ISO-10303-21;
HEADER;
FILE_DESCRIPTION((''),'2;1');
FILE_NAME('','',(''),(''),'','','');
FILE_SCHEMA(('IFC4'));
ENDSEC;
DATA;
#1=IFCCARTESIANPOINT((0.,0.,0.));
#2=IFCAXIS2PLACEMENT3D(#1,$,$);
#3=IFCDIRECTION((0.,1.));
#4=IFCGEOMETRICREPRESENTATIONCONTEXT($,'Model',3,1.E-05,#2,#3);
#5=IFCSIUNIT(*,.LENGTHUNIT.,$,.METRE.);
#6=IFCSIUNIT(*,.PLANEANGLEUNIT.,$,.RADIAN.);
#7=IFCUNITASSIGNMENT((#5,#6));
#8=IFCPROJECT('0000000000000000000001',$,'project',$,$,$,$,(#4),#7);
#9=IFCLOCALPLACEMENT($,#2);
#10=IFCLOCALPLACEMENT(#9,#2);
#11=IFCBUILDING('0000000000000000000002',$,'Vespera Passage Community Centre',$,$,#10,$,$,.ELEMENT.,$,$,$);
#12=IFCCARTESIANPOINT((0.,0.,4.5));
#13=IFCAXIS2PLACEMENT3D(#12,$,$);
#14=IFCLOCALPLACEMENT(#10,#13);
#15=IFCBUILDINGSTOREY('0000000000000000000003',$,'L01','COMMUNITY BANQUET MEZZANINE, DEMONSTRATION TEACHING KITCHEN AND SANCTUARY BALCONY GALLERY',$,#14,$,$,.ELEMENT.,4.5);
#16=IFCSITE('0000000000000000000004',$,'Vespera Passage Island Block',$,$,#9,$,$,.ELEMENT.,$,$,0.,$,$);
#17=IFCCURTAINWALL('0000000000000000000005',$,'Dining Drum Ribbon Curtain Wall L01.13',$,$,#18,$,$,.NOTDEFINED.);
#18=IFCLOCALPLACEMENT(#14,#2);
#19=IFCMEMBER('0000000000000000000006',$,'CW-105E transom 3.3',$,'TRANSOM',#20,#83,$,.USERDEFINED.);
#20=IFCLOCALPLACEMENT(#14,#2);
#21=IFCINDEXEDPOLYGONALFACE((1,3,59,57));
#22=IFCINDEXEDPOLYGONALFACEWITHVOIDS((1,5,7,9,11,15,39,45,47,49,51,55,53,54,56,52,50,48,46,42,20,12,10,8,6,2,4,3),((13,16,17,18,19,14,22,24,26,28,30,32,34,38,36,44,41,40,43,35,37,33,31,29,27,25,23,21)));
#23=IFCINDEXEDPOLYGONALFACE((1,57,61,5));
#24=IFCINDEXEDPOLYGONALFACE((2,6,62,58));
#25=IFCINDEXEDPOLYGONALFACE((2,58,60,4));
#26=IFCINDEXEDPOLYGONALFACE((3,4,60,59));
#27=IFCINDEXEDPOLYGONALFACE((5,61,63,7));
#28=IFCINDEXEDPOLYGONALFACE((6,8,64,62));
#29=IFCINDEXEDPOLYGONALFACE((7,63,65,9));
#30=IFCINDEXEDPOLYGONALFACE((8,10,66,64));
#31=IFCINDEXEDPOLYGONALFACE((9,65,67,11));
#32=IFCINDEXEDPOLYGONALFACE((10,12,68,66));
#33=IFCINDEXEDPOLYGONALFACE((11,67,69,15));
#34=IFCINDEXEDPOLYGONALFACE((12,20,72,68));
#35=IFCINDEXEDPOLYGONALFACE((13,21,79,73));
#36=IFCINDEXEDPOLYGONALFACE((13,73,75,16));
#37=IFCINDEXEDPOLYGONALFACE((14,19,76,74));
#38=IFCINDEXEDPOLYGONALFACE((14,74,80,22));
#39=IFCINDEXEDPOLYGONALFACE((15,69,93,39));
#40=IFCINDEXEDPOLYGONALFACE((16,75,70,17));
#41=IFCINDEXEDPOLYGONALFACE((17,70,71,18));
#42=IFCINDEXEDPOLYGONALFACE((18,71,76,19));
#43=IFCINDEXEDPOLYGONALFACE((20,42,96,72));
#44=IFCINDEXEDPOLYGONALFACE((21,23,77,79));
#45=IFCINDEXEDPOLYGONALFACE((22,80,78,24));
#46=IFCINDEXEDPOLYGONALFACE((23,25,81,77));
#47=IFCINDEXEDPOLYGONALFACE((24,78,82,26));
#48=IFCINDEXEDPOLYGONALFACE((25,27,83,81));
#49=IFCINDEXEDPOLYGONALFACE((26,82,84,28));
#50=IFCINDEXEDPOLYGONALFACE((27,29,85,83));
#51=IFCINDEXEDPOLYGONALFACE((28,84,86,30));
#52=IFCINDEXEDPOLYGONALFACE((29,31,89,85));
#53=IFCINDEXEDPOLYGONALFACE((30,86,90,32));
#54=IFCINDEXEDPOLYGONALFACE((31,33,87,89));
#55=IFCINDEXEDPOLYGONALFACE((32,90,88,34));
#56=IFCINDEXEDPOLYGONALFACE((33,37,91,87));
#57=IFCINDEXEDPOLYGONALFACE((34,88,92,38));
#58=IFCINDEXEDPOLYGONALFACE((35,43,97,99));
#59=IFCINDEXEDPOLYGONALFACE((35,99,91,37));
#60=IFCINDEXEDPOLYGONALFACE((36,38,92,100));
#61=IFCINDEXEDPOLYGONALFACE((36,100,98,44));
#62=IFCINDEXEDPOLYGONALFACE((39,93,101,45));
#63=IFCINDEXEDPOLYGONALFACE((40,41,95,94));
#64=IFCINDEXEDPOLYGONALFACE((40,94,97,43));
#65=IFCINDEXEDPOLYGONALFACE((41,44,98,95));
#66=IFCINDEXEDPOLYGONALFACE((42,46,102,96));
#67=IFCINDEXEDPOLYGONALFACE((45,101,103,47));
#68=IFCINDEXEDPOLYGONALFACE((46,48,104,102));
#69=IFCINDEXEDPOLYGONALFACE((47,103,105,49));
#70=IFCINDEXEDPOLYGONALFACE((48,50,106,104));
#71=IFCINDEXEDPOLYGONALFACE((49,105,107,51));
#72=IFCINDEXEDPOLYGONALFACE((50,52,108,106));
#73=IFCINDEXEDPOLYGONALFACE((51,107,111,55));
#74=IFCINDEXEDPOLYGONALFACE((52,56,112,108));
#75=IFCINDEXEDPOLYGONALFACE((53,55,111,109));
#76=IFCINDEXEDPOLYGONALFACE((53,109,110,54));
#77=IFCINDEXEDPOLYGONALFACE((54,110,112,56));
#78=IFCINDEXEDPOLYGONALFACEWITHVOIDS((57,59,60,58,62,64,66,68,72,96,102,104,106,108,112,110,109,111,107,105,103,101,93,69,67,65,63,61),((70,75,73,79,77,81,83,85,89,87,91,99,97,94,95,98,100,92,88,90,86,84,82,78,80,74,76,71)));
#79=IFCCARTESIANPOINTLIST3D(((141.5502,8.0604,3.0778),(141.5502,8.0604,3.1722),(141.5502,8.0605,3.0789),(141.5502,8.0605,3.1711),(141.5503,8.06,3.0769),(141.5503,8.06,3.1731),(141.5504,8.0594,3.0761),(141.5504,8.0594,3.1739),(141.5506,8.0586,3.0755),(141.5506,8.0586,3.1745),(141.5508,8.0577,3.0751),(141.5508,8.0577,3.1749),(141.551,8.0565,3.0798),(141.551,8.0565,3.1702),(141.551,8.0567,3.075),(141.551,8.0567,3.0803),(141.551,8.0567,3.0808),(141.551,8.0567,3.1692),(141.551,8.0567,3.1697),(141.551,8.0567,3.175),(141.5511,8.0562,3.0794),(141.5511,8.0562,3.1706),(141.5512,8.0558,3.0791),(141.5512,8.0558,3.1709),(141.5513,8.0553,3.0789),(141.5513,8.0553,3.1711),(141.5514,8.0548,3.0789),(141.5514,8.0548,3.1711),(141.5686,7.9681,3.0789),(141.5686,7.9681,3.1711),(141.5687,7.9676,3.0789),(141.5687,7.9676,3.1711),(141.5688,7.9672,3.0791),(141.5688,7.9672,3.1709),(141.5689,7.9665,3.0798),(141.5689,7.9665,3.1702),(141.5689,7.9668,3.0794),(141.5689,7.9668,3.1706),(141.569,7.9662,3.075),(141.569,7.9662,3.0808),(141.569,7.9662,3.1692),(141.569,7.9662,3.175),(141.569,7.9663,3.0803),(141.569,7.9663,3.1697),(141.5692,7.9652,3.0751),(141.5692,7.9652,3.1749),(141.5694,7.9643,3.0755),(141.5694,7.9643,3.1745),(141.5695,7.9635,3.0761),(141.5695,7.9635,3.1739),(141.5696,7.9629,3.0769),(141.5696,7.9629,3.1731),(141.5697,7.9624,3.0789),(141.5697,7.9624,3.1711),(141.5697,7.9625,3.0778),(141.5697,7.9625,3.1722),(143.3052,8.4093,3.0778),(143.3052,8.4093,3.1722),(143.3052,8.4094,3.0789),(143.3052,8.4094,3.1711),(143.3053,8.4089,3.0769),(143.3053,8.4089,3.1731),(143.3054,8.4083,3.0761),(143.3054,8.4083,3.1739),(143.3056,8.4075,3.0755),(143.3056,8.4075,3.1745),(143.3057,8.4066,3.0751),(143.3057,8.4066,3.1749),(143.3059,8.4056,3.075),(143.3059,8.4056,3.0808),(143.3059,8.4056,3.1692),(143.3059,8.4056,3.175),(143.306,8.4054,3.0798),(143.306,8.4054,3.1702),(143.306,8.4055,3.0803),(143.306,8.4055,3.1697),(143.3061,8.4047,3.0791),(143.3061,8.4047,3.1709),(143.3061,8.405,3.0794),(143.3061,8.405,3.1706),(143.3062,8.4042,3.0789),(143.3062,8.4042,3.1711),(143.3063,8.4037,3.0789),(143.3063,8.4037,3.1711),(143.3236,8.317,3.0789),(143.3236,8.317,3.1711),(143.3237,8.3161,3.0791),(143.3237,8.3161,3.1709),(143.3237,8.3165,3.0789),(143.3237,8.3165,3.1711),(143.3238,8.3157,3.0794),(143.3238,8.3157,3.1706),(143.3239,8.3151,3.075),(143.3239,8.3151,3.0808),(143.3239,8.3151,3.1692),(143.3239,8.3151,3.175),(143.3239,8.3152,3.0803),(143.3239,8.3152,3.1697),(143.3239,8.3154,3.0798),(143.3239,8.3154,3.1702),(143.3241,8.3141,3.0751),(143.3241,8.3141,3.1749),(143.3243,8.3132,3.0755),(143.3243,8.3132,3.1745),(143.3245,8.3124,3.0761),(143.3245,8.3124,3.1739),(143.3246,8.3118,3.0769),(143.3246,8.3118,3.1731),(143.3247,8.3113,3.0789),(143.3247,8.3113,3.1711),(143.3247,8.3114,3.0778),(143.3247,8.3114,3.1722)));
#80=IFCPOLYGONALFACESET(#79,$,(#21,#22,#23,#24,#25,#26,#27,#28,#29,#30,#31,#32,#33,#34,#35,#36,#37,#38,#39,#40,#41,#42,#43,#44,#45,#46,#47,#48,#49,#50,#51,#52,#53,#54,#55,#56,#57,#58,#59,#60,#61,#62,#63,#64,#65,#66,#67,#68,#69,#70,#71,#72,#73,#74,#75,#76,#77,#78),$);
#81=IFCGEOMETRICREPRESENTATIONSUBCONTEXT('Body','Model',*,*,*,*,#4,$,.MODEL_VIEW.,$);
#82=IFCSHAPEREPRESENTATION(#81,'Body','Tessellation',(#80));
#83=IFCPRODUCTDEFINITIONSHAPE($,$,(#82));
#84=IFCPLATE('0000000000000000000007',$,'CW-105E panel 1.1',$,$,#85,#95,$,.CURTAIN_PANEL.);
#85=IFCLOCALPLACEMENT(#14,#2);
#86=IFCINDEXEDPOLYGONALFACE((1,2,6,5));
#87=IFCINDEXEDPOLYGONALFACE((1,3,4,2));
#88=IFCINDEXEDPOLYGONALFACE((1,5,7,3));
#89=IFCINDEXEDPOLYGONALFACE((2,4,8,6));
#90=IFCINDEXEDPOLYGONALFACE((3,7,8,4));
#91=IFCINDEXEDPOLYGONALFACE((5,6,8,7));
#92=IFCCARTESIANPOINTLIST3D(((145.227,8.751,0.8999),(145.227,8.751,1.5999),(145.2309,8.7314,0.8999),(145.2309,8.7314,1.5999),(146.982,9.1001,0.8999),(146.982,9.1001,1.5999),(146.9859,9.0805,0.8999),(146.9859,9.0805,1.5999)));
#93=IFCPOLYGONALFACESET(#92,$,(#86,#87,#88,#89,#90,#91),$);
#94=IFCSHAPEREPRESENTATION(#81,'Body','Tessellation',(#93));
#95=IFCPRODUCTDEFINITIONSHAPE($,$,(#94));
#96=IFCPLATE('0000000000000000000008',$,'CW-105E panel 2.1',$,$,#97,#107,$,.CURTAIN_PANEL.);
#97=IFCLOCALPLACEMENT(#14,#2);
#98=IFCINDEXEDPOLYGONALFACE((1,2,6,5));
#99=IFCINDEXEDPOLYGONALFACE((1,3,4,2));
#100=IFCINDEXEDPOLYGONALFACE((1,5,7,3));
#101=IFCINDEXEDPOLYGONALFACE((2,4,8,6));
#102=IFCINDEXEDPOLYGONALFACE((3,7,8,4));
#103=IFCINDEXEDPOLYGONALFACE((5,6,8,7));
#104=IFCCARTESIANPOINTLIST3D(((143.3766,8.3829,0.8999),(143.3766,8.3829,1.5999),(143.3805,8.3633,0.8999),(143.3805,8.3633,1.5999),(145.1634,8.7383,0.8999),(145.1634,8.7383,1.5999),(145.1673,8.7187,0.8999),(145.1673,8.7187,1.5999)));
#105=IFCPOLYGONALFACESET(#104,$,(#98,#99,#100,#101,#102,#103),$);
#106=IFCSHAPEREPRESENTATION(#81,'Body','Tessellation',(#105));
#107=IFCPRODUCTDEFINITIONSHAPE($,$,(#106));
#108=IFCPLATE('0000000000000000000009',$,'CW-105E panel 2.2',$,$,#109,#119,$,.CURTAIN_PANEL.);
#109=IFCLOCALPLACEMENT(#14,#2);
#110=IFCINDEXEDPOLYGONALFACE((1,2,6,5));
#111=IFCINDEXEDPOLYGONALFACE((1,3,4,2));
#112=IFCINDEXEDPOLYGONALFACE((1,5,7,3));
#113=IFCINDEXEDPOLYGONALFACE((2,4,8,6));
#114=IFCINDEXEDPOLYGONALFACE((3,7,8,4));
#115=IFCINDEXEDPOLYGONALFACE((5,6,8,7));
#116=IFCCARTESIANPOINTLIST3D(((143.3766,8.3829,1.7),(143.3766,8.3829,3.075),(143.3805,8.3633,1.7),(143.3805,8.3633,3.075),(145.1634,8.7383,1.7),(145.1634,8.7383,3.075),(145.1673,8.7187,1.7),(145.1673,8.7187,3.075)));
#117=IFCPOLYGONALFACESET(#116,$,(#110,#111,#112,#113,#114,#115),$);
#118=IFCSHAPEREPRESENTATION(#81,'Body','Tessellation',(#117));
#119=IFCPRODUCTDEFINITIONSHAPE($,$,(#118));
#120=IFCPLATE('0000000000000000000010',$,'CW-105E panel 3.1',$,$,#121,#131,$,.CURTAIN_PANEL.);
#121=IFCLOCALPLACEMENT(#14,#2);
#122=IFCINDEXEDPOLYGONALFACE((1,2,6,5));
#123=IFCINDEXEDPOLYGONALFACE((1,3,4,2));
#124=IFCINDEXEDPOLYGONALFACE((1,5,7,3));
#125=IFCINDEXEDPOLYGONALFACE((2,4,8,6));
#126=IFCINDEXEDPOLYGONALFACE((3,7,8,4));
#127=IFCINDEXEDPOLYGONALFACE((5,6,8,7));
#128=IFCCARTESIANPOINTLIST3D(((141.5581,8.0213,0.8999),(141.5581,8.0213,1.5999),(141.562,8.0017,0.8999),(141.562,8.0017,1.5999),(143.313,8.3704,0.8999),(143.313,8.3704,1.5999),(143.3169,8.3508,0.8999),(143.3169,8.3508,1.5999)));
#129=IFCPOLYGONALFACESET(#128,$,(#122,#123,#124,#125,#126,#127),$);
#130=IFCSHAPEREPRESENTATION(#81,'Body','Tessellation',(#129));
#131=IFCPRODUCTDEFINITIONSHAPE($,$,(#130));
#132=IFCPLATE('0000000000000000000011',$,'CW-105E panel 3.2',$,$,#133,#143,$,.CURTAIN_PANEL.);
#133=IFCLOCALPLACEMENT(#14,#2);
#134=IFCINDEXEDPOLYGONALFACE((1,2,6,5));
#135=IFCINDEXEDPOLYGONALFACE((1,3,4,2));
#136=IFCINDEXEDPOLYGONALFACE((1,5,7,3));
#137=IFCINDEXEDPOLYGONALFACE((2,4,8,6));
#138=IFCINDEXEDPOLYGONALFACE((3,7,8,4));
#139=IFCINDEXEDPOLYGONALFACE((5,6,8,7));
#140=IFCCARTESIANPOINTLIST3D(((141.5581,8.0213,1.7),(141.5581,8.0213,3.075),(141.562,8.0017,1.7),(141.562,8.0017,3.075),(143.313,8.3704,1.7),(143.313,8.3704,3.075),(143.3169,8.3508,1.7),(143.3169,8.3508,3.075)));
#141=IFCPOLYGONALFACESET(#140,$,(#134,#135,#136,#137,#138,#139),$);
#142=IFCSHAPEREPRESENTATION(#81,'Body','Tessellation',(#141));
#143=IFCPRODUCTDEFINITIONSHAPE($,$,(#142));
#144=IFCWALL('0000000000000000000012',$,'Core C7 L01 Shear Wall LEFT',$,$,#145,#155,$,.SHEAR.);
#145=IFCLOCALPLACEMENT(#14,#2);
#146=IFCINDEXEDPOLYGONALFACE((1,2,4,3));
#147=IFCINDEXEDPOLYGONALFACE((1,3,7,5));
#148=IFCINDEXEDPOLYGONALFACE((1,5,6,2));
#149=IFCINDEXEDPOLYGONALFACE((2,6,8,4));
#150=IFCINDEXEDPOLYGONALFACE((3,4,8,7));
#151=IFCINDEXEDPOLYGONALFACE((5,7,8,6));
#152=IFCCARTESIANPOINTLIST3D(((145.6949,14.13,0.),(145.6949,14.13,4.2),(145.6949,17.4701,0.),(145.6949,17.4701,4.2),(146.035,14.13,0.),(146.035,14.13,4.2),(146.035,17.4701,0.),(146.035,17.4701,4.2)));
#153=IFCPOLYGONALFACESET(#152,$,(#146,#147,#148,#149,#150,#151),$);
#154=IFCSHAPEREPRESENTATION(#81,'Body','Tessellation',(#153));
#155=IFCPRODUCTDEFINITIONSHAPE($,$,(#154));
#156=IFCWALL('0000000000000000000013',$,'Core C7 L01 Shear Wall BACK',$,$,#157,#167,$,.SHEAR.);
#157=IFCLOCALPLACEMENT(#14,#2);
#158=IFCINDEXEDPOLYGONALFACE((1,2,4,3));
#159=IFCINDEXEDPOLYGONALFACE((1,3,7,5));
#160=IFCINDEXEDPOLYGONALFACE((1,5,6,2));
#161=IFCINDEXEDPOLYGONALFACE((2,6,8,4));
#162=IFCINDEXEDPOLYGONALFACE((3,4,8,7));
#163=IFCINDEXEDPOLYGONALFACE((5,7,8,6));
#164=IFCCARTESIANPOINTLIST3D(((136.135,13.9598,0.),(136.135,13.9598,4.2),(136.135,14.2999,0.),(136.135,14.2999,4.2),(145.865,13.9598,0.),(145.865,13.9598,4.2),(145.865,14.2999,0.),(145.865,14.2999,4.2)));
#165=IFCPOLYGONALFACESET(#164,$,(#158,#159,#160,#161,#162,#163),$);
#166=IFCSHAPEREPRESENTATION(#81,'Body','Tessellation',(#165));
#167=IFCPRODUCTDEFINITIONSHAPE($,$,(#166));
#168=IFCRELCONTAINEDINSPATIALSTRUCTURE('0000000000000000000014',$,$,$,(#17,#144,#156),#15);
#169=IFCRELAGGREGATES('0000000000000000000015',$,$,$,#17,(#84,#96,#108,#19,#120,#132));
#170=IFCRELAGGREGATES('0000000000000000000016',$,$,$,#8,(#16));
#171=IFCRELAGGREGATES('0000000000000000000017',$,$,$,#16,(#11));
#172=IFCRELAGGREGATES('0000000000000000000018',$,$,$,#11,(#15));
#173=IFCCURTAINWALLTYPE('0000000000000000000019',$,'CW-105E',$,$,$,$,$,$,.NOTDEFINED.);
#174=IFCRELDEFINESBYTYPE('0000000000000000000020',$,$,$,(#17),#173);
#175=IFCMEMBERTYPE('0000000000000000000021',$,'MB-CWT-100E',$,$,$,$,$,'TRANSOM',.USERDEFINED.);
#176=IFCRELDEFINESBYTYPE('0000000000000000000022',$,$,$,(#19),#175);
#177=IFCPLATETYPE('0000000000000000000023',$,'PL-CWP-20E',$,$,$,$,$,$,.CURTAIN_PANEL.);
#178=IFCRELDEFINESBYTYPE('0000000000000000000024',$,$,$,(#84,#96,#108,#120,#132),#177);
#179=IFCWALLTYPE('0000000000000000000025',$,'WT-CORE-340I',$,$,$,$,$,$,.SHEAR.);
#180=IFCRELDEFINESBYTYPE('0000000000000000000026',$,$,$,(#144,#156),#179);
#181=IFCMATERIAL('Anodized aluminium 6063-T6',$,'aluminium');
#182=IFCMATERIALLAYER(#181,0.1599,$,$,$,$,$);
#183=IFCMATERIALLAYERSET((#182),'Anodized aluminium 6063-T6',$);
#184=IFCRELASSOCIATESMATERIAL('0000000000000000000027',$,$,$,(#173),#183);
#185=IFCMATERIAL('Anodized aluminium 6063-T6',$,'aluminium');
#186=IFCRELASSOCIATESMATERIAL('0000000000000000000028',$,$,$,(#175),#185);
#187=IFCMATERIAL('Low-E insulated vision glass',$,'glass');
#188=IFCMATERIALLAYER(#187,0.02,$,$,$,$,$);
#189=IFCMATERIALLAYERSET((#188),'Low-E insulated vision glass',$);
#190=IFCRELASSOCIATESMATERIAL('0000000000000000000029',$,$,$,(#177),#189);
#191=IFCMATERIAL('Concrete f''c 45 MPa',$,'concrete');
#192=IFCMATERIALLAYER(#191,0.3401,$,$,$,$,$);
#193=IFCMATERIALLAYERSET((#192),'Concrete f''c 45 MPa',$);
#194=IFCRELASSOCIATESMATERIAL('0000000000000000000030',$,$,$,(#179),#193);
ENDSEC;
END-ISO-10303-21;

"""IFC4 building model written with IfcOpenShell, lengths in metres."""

from ifc_helpers import new_model, si_unit, direction, frame, frame_2d, origin, origin_2d, place, context, subcontext, project, spatial, rectangle, hollow_rectangle, extrude, material, layer, layer_set, material_profile, profile_set, type_object, element, aggregate, save


model = new_model("IFC4")

# Units and contexts
model_context = context("Model", 3, precision=1e-05, world=origin(), true_north=direction((0.0, 1.0)))
body_context = subcontext(model_context, "Body", "Model", "MODEL_VIEW")
ifc_project = project(units=[si_unit("LENGTHUNIT", "METRE"), si_unit("PLANEANGLEUNIT", "RADIAN")], contexts=[model_context])

# Site, building, storey
site_placement = place(None, origin())
site = spatial("IfcSite", under=ifc_project, at=site_placement, Name="Vespera Passage Island Block", CompositionType="ELEMENT", RefElevation=0.0)
building_placement = place(site_placement, origin())
building = spatial("IfcBuilding", under=site, at=building_placement, Name="Vespera Passage Community Centre", CompositionType="ELEMENT")
storey_placement = place(building_placement, frame((0.0, 0.0, 4.5)))
storey = spatial("IfcBuildingStorey", under=building, at=storey_placement, Name="L01", Description="COMMUNITY BANQUET MEZZANINE, DEMONSTRATION TEACHING KITCHEN AND SANCTUARY BALCONY GALLERY", CompositionType="ELEMENT", Elevation=4.5)

# Curtain wall, member, plates
ifc_material_1 = material(Name="Anodized aluminium 6063-T6", Category="aluminium")
ifc_layer_1 = layer(ifc_material_1, 0.1599)
ifc_layer_set_1 = layer_set([ifc_layer_1], Name="Anodized aluminium 6063-T6")
curtain_wall_type = type_object("IfcCurtainWallType", Name="CW-105E", PredefinedType="NOTDEFINED", material=ifc_layer_set_1)
curtain_wall_placement = place(storey_placement, origin())
curtain_wall = element("IfcCurtainWall", 1, at=curtain_wall_placement, inside=storey, type_object=curtain_wall_type, Name="Dining Drum Ribbon Curtain Wall L01.13", PredefinedType="NOTDEFINED")
ifc_material_2 = material(Name="Anodized aluminium 6063-T6", Category="aluminium")
ifc_material_profile_1 = material_profile(ifc_material_2, hollow_rectangle(XDim=0.1001, YDim=0.1001, WallThickness=0.0039, InnerFilletRadius=0.002, OuterFilletRadius=0.0039, at=origin_2d()), Name="ALU100X100X4")
ifc_profile_set_1 = profile_set([ifc_material_profile_1], Name="Anodized aluminium 6063-T6")
member_type_1 = type_object("IfcMemberType", Name="MB-CWT-100E", ElementType="TRANSOM", PredefinedType="USERDEFINED", material=ifc_profile_set_1)
member_1_placement = place(storey_placement, frame((143.3149, 8.3604, 3.125), z_axis=(-0.980806, -0.194988, 0.0), x_axis=(0.194988, -0.980806, 0.0)))
member_1 = element("IfcMember", 2, at=member_1_placement, type_object=member_type_1, Name="CW-105E transom 3.3", ObjectType="TRANSOM", PredefinedType="USERDEFINED", context=body_context, shape_type="SweptSolid", body=[
    extrude(hollow_rectangle(XDim=0.1001, YDim=0.1001, WallThickness=0.0039, InnerFilletRadius=0.002, OuterFilletRadius=0.0039, at=origin_2d()), origin(), (0.0, 0.0, 1.0), 1.7893),
])
ifc_material_3 = material(Name="Low-E insulated vision glass", Category="glass")
ifc_layer_2 = layer(ifc_material_3, 0.02)
ifc_layer_set_2 = layer_set([ifc_layer_2], Name="Low-E insulated vision glass")
plate_type = type_object("IfcPlateType", Name="PL-CWP-20E", PredefinedType="CURTAIN_PANEL", material=ifc_layer_set_2)
plate_1_placement = place(storey_placement, frame((146.1064, 8.9158, 0.8999), z_axis=(0.0, 0.0, 1.0), x_axis=(-0.980784, -0.195097, 0.0)))
plate_1 = element("IfcPlate", 3, at=plate_1_placement, type_object=plate_type, Name="CW-105E panel 1.1", PredefinedType="CURTAIN_PANEL", context=body_context, shape_type="SweptSolid", body=[
    extrude(rectangle(XDim=1.7893, YDim=0.02, at=origin_2d()), origin(), (0.0, 0.0, 1.0), 0.7),
])
plate_2_placement = place(storey_placement, frame((144.272, 8.5508, 0.8999), z_axis=(0.0, 0.0, 1.0), x_axis=(-0.980784, -0.195097, 0.0)))
plate_2 = element("IfcPlate", 4, at=plate_2_placement, type_object=plate_type, Name="CW-105E panel 2.1", PredefinedType="CURTAIN_PANEL", context=body_context, shape_type="SweptSolid", body=[
    extrude(rectangle(XDim=1.8218, YDim=0.02, at=origin_2d()), origin(), (0.0, 0.0, 1.0), 0.7),
])
plate_3_placement = place(storey_placement, frame((144.272, 8.5508, 1.7), z_axis=(0.0, 0.0, 1.0), x_axis=(-0.980784, -0.195097, 0.0)))
plate_3 = element("IfcPlate", 5, at=plate_3_placement, type_object=plate_type, Name="CW-105E panel 2.2", PredefinedType="CURTAIN_PANEL", context=body_context, shape_type="SweptSolid", body=[
    extrude(rectangle(XDim=1.8218, YDim=0.02, at=origin_2d()), origin(), (0.0, 0.0, 1.0), 1.375),
])
plate_4_placement = place(storey_placement, frame((142.4375, 8.186, 0.8999), z_axis=(0.0, 0.0, 1.0), x_axis=(-0.980784, -0.195097, 0.0)))
plate_4 = element("IfcPlate", 6, at=plate_4_placement, type_object=plate_type, Name="CW-105E panel 3.1", PredefinedType="CURTAIN_PANEL", context=body_context, shape_type="SweptSolid", body=[
    extrude(rectangle(XDim=1.7893, YDim=0.02, at=origin_2d()), origin(), (0.0, 0.0, 1.0), 0.7),
])
plate_5_placement = place(storey_placement, frame((142.4375, 8.186, 1.7), z_axis=(0.0, 0.0, 1.0), x_axis=(-0.980784, -0.195097, 0.0)))
plate_5 = element("IfcPlate", 7, at=plate_5_placement, type_object=plate_type, Name="CW-105E panel 3.2", PredefinedType="CURTAIN_PANEL", context=body_context, shape_type="SweptSolid", body=[
    extrude(rectangle(XDim=1.7893, YDim=0.02, at=origin_2d()), origin(), (0.0, 0.0, 1.0), 1.375),
])
aggregate(curtain_wall, [plate_1, plate_2, plate_3, member_1, plate_4, plate_5])

# Walls
ifc_material_4 = material(Name="Concrete f'c 45 MPa", Category="concrete")
ifc_layer_3 = layer(ifc_material_4, 0.3401)
ifc_layer_set_3 = layer_set([ifc_layer_3], Name="Concrete f'c 45 MPa")
wall_type_1 = type_object("IfcWallType", Name="WT-CORE-340I", PredefinedType="SHEAR", material=ifc_layer_set_3)
wall_1_placement = place(storey_placement, frame((145.865, 17.47, 0.0), z_axis=(0.0, 0.0, 1.0), x_axis=(0.0, -1.0, 0.0)))
element("IfcWall", 8, at=wall_1_placement, inside=storey, type_object=wall_type_1, Name="Core C7 L01 Shear Wall LEFT", PredefinedType="SHEAR", context=body_context, shape_type="SweptSolid", body=[
    extrude(rectangle(XDim=3.3401, YDim=0.3401, at=frame_2d((1.6699, 0.0))), origin(), (0.0, 0.0, 1.0), 4.2),
])
wall_2_placement = place(storey_placement, frame((145.865, 14.1299, 0.0), z_axis=(0.0, 0.0, 1.0), x_axis=(-1.0, 0.0, 0.0)))
element("IfcWall", 9, at=wall_2_placement, inside=storey, type_object=wall_type_1, Name="Core C7 L01 Shear Wall BACK", PredefinedType="SHEAR", context=body_context, shape_type="SweptSolid", body=[
    extrude(rectangle(XDim=9.73, YDim=0.3401, at=frame_2d((4.865, 0.0))), origin(), (0.0, 0.0, 1.0), 4.2),
])

save(model, "model.ifc")
